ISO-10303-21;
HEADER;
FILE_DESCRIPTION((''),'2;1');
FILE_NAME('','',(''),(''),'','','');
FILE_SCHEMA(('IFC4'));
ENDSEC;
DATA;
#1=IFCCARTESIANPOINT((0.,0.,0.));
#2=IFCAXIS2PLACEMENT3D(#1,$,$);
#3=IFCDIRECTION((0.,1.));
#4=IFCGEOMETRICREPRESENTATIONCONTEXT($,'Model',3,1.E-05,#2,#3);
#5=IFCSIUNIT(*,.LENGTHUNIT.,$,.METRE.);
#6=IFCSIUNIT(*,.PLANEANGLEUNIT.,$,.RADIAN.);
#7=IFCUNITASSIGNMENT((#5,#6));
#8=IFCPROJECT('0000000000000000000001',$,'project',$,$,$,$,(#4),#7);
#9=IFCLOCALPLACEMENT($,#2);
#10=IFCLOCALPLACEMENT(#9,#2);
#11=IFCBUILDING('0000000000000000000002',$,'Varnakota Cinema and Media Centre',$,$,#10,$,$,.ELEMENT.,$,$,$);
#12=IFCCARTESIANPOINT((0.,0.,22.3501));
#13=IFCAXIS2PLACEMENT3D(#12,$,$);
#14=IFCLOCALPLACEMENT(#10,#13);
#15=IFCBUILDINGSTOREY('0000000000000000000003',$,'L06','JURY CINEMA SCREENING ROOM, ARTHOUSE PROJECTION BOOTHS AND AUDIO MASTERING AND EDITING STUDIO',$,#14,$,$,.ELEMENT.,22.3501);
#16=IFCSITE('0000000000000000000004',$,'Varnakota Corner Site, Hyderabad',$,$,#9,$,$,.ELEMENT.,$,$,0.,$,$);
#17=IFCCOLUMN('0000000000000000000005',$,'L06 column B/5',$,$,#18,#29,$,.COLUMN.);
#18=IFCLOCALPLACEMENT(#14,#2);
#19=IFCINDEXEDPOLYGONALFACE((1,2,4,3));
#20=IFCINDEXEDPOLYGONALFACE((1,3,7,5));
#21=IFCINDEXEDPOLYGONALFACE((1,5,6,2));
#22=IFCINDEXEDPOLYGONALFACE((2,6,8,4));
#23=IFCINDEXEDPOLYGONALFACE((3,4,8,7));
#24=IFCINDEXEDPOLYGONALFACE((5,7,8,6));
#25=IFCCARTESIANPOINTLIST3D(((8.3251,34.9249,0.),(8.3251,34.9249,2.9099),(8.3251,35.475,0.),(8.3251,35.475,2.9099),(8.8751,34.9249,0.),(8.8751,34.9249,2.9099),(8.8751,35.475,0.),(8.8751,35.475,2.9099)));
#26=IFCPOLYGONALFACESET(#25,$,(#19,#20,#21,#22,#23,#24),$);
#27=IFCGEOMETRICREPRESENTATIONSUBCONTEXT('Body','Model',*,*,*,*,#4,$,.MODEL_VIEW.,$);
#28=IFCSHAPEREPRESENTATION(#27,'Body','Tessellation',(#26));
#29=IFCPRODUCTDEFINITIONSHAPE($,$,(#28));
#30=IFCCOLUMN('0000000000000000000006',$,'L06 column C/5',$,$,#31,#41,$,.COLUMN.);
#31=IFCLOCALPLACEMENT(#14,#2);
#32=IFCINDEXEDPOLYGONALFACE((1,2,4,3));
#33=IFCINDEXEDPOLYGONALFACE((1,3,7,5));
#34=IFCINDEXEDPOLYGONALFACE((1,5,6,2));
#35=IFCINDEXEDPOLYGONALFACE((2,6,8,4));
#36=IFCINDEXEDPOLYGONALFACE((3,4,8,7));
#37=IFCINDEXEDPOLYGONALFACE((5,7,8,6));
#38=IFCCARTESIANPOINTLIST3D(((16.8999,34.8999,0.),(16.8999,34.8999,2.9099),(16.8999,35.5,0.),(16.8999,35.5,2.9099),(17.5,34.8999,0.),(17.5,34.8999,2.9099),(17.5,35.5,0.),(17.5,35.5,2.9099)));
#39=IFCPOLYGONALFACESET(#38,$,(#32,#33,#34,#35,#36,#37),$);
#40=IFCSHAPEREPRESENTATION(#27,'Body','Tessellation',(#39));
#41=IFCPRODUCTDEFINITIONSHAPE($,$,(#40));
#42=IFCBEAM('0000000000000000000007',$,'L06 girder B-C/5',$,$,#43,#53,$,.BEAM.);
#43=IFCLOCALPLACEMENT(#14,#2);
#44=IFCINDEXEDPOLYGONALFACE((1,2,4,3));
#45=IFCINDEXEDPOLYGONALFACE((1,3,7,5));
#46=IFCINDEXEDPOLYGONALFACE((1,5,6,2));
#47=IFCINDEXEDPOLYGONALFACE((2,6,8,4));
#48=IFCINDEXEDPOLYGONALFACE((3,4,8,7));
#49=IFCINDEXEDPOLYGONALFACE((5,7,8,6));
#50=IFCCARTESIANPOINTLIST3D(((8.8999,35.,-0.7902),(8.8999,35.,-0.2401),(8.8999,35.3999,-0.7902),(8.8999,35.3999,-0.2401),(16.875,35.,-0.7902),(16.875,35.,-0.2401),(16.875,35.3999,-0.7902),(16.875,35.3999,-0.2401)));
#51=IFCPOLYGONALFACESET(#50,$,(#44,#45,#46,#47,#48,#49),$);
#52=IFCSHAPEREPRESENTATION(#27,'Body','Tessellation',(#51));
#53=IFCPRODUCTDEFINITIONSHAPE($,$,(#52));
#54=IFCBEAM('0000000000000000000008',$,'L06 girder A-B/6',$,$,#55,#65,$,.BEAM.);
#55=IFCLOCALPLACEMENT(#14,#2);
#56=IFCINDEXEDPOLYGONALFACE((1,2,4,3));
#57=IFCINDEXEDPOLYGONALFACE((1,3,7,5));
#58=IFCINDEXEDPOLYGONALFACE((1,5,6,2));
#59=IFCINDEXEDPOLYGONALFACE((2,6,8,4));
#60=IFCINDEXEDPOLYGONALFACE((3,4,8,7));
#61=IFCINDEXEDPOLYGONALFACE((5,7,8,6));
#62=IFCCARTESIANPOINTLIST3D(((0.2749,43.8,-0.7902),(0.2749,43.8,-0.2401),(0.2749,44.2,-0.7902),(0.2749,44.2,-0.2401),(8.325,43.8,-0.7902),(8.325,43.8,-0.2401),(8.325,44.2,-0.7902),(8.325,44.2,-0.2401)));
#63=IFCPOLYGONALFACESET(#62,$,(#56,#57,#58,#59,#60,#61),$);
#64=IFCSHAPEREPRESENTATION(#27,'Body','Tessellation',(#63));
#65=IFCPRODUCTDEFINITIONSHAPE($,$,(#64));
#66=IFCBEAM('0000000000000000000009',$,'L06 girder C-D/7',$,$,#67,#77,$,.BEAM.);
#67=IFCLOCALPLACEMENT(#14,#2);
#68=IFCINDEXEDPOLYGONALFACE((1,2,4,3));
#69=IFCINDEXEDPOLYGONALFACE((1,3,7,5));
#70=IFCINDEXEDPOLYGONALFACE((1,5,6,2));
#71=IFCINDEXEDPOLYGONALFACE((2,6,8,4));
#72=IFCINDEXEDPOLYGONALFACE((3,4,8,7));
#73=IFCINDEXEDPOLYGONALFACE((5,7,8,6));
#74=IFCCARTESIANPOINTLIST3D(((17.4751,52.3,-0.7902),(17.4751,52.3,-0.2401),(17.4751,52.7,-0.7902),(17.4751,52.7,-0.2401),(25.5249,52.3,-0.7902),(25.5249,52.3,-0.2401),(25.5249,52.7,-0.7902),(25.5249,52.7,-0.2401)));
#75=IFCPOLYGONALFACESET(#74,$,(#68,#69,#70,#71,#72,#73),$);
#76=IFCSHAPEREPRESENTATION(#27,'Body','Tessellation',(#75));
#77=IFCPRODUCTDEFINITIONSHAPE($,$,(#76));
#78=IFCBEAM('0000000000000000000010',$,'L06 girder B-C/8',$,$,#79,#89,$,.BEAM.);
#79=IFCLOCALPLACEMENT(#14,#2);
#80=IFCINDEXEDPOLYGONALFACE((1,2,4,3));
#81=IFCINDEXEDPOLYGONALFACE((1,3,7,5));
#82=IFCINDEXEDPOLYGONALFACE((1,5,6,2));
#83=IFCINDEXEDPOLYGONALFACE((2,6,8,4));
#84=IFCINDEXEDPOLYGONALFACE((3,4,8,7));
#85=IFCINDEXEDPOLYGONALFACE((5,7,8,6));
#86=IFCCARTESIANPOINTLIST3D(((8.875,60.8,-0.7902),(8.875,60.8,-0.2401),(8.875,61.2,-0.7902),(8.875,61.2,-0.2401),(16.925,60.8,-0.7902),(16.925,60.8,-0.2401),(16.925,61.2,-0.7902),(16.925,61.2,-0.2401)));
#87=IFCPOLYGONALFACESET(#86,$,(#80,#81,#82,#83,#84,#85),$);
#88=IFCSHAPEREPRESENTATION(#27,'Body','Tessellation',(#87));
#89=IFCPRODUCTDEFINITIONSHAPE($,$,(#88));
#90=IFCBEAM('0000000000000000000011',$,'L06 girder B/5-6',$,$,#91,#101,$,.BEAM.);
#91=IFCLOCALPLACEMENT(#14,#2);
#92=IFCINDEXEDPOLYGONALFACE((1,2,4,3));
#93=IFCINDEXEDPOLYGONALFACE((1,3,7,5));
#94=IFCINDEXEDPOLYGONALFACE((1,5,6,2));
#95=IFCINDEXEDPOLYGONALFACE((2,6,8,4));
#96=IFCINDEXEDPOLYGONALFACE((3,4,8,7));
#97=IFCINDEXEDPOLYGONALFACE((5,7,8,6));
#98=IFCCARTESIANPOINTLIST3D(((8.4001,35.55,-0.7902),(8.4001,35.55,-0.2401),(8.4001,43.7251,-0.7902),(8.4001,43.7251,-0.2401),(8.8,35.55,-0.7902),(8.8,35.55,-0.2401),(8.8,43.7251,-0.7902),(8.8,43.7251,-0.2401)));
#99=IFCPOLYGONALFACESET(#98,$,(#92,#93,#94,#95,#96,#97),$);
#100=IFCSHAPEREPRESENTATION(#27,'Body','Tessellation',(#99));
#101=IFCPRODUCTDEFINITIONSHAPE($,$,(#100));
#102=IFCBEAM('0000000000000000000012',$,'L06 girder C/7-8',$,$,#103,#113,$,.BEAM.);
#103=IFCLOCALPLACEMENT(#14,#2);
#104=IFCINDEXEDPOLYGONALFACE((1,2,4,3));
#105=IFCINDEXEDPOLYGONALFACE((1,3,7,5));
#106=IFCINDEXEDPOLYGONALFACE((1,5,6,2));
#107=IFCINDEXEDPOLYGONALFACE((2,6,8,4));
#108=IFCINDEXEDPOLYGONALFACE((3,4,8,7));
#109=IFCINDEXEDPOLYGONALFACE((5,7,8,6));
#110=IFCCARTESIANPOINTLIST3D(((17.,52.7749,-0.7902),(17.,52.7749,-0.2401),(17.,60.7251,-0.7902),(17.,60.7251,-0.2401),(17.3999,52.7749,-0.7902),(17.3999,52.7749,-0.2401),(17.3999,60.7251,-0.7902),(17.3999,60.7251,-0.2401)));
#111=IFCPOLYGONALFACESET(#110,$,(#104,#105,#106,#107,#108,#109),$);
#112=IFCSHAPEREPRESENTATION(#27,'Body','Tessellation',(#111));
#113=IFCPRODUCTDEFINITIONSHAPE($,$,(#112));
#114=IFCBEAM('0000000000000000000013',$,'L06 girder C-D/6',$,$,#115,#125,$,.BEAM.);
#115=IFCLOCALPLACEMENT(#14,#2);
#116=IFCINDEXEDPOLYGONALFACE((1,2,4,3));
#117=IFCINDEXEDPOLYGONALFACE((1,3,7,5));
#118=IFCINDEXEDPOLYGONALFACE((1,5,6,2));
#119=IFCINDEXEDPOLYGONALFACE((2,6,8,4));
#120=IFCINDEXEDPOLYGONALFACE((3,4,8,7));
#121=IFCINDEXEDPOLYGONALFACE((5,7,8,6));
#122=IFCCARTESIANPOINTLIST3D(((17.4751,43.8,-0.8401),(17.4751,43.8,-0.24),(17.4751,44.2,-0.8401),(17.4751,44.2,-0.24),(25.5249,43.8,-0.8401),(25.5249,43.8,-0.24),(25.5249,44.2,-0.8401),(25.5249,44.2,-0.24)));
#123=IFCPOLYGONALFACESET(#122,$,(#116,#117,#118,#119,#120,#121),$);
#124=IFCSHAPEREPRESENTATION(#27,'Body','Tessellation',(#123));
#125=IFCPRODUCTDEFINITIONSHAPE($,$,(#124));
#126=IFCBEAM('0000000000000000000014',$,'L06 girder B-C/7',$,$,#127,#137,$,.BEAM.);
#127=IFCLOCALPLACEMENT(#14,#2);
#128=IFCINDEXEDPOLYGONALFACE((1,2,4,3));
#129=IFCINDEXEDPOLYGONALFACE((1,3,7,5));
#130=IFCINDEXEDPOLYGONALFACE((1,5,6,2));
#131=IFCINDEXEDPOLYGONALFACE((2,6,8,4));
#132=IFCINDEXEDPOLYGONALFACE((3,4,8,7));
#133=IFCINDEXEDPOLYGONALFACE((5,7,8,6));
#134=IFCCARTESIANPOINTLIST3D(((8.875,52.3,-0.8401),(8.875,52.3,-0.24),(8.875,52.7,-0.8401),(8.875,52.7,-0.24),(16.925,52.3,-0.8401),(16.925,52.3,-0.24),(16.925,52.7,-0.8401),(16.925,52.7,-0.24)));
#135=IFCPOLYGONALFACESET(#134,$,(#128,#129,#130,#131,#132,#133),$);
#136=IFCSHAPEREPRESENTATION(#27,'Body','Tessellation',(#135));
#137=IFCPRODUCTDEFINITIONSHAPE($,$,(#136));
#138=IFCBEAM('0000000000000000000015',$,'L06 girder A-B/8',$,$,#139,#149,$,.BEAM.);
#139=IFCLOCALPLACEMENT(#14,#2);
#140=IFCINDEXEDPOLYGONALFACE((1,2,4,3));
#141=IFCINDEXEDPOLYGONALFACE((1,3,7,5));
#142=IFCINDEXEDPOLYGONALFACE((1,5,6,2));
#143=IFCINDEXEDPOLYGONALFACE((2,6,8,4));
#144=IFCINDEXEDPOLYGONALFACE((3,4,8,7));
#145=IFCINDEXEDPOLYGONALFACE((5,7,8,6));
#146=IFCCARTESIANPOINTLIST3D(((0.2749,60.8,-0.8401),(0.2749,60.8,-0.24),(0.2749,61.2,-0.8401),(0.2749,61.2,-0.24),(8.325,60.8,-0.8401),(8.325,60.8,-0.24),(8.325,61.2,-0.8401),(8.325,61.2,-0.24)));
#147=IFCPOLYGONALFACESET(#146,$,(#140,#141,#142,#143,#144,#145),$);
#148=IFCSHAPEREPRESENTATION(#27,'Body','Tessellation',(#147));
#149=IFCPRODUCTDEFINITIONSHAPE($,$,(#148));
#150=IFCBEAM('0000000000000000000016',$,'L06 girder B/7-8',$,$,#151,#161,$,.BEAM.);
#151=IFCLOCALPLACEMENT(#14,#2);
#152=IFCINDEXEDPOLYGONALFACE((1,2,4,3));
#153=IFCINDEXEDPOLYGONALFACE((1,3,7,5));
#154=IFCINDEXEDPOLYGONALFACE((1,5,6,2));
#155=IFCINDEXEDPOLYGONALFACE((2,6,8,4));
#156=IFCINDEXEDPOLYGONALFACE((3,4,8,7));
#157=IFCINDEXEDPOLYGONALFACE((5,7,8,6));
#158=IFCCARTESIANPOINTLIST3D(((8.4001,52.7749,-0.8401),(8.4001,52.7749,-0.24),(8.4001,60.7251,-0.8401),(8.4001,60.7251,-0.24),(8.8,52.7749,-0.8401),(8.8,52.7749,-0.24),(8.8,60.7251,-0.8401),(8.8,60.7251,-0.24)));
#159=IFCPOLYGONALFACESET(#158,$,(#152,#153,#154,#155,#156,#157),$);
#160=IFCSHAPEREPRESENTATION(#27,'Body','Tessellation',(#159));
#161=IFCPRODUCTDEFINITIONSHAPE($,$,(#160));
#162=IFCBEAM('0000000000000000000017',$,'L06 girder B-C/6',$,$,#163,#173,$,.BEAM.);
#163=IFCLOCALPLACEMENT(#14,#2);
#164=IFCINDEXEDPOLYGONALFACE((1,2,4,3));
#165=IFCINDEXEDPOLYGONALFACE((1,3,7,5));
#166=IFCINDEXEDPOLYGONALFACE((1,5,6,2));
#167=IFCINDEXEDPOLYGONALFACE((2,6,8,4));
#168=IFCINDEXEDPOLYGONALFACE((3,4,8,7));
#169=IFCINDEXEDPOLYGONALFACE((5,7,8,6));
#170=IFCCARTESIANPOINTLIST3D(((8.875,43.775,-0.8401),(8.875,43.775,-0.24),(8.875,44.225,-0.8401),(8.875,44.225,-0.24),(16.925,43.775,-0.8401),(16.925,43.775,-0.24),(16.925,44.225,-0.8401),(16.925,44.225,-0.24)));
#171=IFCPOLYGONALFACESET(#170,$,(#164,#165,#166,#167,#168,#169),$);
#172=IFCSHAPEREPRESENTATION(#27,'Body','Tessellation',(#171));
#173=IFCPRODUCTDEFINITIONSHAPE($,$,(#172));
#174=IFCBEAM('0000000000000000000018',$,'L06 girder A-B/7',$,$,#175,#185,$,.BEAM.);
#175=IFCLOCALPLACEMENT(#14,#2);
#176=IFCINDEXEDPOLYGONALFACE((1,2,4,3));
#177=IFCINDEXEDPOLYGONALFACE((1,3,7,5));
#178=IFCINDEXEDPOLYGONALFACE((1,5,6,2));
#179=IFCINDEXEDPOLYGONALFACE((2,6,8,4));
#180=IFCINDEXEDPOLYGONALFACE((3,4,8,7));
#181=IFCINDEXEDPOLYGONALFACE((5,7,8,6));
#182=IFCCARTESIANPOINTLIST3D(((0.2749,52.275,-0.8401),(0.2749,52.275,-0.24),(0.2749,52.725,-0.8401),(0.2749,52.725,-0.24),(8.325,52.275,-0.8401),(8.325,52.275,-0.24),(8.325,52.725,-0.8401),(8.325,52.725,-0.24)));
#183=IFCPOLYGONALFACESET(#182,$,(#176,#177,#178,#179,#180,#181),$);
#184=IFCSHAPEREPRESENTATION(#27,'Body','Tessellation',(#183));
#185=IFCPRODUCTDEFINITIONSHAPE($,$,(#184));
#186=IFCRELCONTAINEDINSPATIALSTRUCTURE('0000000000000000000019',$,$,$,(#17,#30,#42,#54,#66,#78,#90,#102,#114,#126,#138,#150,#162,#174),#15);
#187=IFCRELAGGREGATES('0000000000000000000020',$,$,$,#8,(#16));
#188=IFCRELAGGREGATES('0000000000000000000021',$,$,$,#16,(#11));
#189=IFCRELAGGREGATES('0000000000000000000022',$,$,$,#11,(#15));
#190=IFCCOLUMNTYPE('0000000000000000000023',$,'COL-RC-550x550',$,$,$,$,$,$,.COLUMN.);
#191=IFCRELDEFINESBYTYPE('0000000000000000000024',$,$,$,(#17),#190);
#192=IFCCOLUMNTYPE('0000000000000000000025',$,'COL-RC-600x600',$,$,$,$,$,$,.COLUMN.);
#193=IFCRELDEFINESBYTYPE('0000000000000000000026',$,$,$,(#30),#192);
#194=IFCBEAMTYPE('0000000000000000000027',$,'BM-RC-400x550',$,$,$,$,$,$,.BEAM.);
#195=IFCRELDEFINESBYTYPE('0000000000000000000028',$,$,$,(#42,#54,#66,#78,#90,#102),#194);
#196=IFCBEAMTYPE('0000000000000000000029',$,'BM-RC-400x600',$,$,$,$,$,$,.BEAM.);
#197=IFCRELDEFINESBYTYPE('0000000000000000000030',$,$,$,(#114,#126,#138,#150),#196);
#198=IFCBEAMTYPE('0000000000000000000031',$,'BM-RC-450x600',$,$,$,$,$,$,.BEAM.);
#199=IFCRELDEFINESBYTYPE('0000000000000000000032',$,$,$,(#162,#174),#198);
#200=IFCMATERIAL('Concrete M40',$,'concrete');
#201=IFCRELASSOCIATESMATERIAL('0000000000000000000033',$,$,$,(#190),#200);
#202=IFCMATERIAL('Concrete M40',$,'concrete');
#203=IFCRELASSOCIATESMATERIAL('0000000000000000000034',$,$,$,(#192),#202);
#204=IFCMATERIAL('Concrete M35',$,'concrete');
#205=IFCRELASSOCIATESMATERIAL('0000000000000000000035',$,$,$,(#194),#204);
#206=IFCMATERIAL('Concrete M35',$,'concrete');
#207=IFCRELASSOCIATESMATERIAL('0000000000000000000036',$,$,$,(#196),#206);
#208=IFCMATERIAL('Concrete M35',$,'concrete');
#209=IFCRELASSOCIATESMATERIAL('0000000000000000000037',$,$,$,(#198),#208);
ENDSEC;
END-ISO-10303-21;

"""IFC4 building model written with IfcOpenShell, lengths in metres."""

from ifc_helpers import new_model, si_unit, direction, frame, origin, origin_2d, place, context, subcontext, project, spatial, rectangle, extrude, material, material_profile, profile_set, type_object, element, save


model = new_model("IFC4")

# Units and contexts
model_context = context("Model", 3, precision=1e-05, world=origin(), true_north=direction((0.0, 1.0)))
body_context = subcontext(model_context, "Body", "Model", "MODEL_VIEW")
ifc_project = project(units=[si_unit("LENGTHUNIT", "METRE"), si_unit("PLANEANGLEUNIT", "RADIAN")], contexts=[model_context])

# Site, building, storey
site_placement = place(None, origin())
site = spatial("IfcSite", under=ifc_project, at=site_placement, Name="Varnakota Corner Site, Hyderabad", CompositionType="ELEMENT", RefElevation=0.0)
building_placement = place(site_placement, origin())
building = spatial("IfcBuilding", under=site, at=building_placement, Name="Varnakota Cinema and Media Centre", CompositionType="ELEMENT")
storey_placement = place(building_placement, frame((0.0, 0.0, 22.3501)))
storey = spatial("IfcBuildingStorey", under=building, at=storey_placement, Name="L06", Description="JURY CINEMA SCREENING ROOM, ARTHOUSE PROJECTION BOOTHS AND AUDIO MASTERING AND EDITING STUDIO", CompositionType="ELEMENT", Elevation=22.3501)

# Columns
ifc_material_1 = material(Name="Concrete M40", Category="concrete")
ifc_material_profile_1 = material_profile(ifc_material_1, rectangle(XDim=0.55, YDim=0.55, at=origin_2d()), Name="RC 550x550")
ifc_profile_set_1 = profile_set([ifc_material_profile_1], Name="Concrete M40")
column_type_1 = type_object("IfcColumnType", Name="COL-RC-550x550", PredefinedType="COLUMN", material=ifc_profile_set_1)
column_1_placement = place(storey_placement, frame((8.6001, 35.2, 0.0), z_axis=(0.0, 0.0, 1.0), x_axis=(1.0, 0.0, 0.0)))
element("IfcColumn", 1, at=column_1_placement, inside=storey, type_object=column_type_1, Name="L06 column B/5", PredefinedType="COLUMN", context=body_context, shape_type="SweptSolid", body=[
    extrude(rectangle(XDim=0.55, YDim=0.55, at=origin_2d()), origin(), (0.0, 0.0, 1.0), 2.9099),
])
ifc_material_2 = material(Name="Concrete M40", Category="concrete")
ifc_material_profile_2 = material_profile(ifc_material_2, rectangle(XDim=0.6001, YDim=0.6001, at=origin_2d()), Name="RC 600x600")
ifc_profile_set_2 = profile_set([ifc_material_profile_2], Name="Concrete M40")
column_type_2 = type_object("IfcColumnType", Name="COL-RC-600x600", PredefinedType="COLUMN", material=ifc_profile_set_2)
column_2_placement = place(storey_placement, frame((17.2, 35.2, 0.0), z_axis=(0.0, 0.0, 1.0), x_axis=(1.0, 0.0, 0.0)))
element("IfcColumn", 2, at=column_2_placement, inside=storey, type_object=column_type_2, Name="L06 column C/5", PredefinedType="COLUMN", context=body_context, shape_type="SweptSolid", body=[
    extrude(rectangle(XDim=0.6001, YDim=0.6001, at=origin_2d()), origin(), (0.0, 0.0, 1.0), 2.9099),
])

# Beams
ifc_material_3 = material(Name="Concrete M35", Category="concrete")
ifc_material_profile_3 = material_profile(ifc_material_3, rectangle(XDim=0.3999, YDim=0.55, at=origin_2d()), Name="RCB 400x550")
ifc_profile_set_3 = profile_set([ifc_material_profile_3], Name="Concrete M35")
beam_type_1 = type_object("IfcBeamType", Name="BM-RC-400x550", PredefinedType="BEAM", material=ifc_profile_set_3)
beam_1_placement = place(storey_placement, frame((8.8999, 35.2, -0.5151), z_axis=(1.0, 0.0, 0.0), x_axis=(0.0, 1.0, 0.0)))
element("IfcBeam", 3, at=beam_1_placement, inside=storey, type_object=beam_type_1, Name="L06 girder B-C/5", PredefinedType="BEAM", context=body_context, shape_type="SweptSolid", body=[
    extrude(rectangle(XDim=0.3999, YDim=0.55, at=origin_2d()), origin(), (0.0, 0.0, 1.0), 7.9751),
])
beam_2_placement = place(storey_placement, frame((0.2749, 44.0, -0.5151), z_axis=(1.0, 0.0, 0.0), x_axis=(0.0, 1.0, 0.0)))
element("IfcBeam", 4, at=beam_2_placement, inside=storey, type_object=beam_type_1, Name="L06 girder A-B/6", PredefinedType="BEAM", context=body_context, shape_type="SweptSolid", body=[
    extrude(rectangle(XDim=0.3999, YDim=0.55, at=origin_2d()), origin(), (0.0, 0.0, 1.0), 8.05),
])
beam_3_placement = place(storey_placement, frame((17.4751, 52.5, -0.5151), z_axis=(1.0, 0.0, 0.0), x_axis=(0.0, 1.0, 0.0)))
element("IfcBeam", 5, at=beam_3_placement, inside=storey, type_object=beam_type_1, Name="L06 girder C-D/7", PredefinedType="BEAM", context=body_context, shape_type="SweptSolid", body=[
    extrude(rectangle(XDim=0.3999, YDim=0.55, at=origin_2d()), origin(), (0.0, 0.0, 1.0), 8.0498),
])
beam_4_placement = place(storey_placement, frame((8.875, 61.0, -0.5151), z_axis=(1.0, 0.0, 0.0), x_axis=(0.0, 1.0, 0.0)))
element("IfcBeam", 6, at=beam_4_placement, inside=storey, type_object=beam_type_1, Name="L06 girder B-C/8", PredefinedType="BEAM", context=body_context, shape_type="SweptSolid", body=[
    extrude(rectangle(XDim=0.3999, YDim=0.55, at=origin_2d()), origin(), (0.0, 0.0, 1.0), 8.05),
])
beam_5_placement = place(storey_placement, frame((8.6001, 35.55, -0.5151), z_axis=(0.0, 1.0, 0.0), x_axis=(-1.0, 0.0, 0.0)))
element("IfcBeam", 7, at=beam_5_placement, inside=storey, type_object=beam_type_1, Name="L06 girder B/5-6", PredefinedType="BEAM", context=body_context, shape_type="SweptSolid", body=[
    extrude(rectangle(XDim=0.3999, YDim=0.55, at=origin_2d()), origin(), (0.0, 0.0, 1.0), 8.175),
])
beam_6_placement = place(storey_placement, frame((17.2, 52.7749, -0.5151), z_axis=(0.0, 1.0, 0.0), x_axis=(-1.0, 0.0, 0.0)))
element("IfcBeam", 8, at=beam_6_placement, inside=storey, type_object=beam_type_1, Name="L06 girder C/7-8", PredefinedType="BEAM", context=body_context, shape_type="SweptSolid", body=[
    extrude(rectangle(XDim=0.3999, YDim=0.55, at=origin_2d()), origin(), (0.0, 0.0, 1.0), 7.9502),
])
ifc_material_4 = material(Name="Concrete M35", Category="concrete")
ifc_material_profile_4 = material_profile(ifc_material_4, rectangle(XDim=0.3999, YDim=0.6001, at=origin_2d()), Name="RCB 400x600")
ifc_profile_set_4 = profile_set([ifc_material_profile_4], Name="Concrete M35")
beam_type_2 = type_object("IfcBeamType", Name="BM-RC-400x600", PredefinedType="BEAM", material=ifc_profile_set_4)
beam_7_placement = place(storey_placement, frame((17.4751, 44.0, -0.54), z_axis=(1.0, 0.0, 0.0), x_axis=(0.0, 1.0, 0.0)))
element("IfcBeam", 9, at=beam_7_placement, inside=storey, type_object=beam_type_2, Name="L06 girder C-D/6", PredefinedType="BEAM", context=body_context, shape_type="SweptSolid", body=[
    extrude(rectangle(XDim=0.3999, YDim=0.6001, at=origin_2d()), origin(), (0.0, 0.0, 1.0), 8.0498),
])
for number, where, z_axis, x_axis, name in (
    (10, (8.875, 52.5, -0.54), (1.0, 0.0, 0.0), (0.0, 1.0, 0.0), "L06 girder B-C/7"),
    (11, (0.2749, 61.0, -0.54), (1.0, 0.0, 0.0), (0.0, 1.0, 0.0), "L06 girder A-B/8"),
):
    element("IfcBeam", number, at=place(storey_placement, frame(where, z_axis=z_axis, x_axis=x_axis)), inside=storey, type_object=beam_type_2, Name=name, PredefinedType="BEAM", context=body_context, shape_type="SweptSolid", body=[
        extrude(rectangle(XDim=0.3999, YDim=0.6001, at=origin_2d()), origin(), (0.0, 0.0, 1.0), 8.05),
    ])
beam_8_placement = place(storey_placement, frame((8.6001, 52.7749, -0.54), z_axis=(0.0, 1.0, 0.0), x_axis=(-1.0, 0.0, 0.0)))
element("IfcBeam", 12, at=beam_8_placement, inside=storey, type_object=beam_type_2, Name="L06 girder B/7-8", PredefinedType="BEAM", context=body_context, shape_type="SweptSolid", body=[
    extrude(rectangle(XDim=0.3999, YDim=0.6001, at=origin_2d()), origin(), (0.0, 0.0, 1.0), 7.9502),
])
ifc_material_5 = material(Name="Concrete M35", Category="concrete")
ifc_material_profile_5 = material_profile(ifc_material_5, rectangle(XDim=0.45, YDim=0.6001, at=origin_2d()), Name="RCB 450x600")
ifc_profile_set_5 = profile_set([ifc_material_profile_5], Name="Concrete M35")
beam_type_3 = type_object("IfcBeamType", Name="BM-RC-450x600", PredefinedType="BEAM", material=ifc_profile_set_5)
for number, where, z_axis, x_axis, name in (
    (13, (8.875, 44.0, -0.54), (1.0, 0.0, 0.0), (0.0, 1.0, 0.0), "L06 girder B-C/6"),
    (14, (0.2749, 52.5, -0.54), (1.0, 0.0, 0.0), (0.0, 1.0, 0.0), "L06 girder A-B/7"),
):
    element("IfcBeam", number, at=place(storey_placement, frame(where, z_axis=z_axis, x_axis=x_axis)), inside=storey, type_object=beam_type_3, Name=name, PredefinedType="BEAM", context=body_context, shape_type="SweptSolid", body=[
        extrude(rectangle(XDim=0.45, YDim=0.6001, at=origin_2d()), origin(), (0.0, 0.0, 1.0), 8.05),
    ])

save(model, "model.ifc")
